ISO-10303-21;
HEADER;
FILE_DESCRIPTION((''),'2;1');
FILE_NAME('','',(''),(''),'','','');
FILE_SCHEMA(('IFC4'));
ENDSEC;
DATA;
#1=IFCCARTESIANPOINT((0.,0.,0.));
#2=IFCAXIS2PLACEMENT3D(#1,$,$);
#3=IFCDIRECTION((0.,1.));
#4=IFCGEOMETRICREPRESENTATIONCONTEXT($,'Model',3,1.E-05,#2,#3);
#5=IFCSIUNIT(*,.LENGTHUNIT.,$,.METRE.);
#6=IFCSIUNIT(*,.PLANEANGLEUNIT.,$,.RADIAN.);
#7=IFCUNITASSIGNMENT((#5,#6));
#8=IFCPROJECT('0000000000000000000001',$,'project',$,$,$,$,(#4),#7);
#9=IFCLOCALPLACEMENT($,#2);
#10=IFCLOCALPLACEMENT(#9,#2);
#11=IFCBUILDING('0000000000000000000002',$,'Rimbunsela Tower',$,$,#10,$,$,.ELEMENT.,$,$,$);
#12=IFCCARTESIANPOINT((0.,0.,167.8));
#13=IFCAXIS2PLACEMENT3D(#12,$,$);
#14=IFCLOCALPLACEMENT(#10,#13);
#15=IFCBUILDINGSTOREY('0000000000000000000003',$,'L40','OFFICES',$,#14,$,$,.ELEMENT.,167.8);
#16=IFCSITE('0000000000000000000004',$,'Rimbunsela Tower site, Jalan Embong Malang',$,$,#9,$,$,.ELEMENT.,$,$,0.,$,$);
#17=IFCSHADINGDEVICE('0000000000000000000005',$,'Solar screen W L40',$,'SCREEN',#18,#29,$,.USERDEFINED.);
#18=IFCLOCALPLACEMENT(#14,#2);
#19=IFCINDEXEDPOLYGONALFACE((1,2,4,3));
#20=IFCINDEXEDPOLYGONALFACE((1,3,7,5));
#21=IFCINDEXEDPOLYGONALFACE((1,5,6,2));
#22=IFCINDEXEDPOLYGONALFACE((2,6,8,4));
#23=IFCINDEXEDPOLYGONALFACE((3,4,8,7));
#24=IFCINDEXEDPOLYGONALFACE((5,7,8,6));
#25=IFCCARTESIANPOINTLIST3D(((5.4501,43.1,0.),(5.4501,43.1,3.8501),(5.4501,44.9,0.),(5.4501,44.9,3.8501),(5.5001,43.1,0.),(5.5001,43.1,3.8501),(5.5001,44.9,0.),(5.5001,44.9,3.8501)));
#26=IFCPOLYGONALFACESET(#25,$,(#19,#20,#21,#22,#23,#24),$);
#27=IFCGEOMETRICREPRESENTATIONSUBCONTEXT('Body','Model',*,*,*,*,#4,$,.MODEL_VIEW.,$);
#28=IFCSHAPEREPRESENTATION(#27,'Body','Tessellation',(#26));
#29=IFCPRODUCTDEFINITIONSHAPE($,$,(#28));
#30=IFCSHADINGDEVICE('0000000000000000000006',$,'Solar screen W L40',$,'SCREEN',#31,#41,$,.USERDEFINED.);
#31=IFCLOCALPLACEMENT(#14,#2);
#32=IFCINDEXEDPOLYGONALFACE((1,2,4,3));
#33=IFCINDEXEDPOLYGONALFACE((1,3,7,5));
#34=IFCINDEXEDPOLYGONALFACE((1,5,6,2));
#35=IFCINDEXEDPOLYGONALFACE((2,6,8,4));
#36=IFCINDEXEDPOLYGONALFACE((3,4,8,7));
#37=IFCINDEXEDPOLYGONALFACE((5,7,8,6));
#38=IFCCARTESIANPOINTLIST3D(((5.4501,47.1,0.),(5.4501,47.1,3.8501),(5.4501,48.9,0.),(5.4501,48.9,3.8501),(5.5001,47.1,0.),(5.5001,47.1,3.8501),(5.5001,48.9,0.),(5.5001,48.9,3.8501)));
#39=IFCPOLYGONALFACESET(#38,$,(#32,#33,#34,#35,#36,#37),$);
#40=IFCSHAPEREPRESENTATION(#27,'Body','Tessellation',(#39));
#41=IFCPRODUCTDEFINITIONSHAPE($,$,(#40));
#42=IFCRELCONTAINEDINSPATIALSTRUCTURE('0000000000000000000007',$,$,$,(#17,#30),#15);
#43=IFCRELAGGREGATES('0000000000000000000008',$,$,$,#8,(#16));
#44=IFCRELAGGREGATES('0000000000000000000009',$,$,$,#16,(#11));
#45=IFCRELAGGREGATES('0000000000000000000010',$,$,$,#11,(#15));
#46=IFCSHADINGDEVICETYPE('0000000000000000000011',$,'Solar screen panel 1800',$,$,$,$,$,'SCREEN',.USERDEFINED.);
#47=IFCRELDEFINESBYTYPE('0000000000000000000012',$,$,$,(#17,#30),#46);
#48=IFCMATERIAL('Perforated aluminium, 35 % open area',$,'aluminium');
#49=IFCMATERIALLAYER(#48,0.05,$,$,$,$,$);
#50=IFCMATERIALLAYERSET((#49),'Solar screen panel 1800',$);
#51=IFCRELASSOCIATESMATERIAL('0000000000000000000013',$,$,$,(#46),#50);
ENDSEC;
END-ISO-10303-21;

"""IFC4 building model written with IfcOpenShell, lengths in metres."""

from ifc_helpers import new_model, si_unit, direction, frame, origin, origin_2d, place, context, subcontext, project, spatial, rectangle, extrude, material, layer, layer_set, type_object, element, save


model = new_model("IFC4")

# Units and contexts
model_context = context("Model", 3, precision=1e-05, world=origin(), true_north=direction((0.0, 1.0)))
body_context = subcontext(model_context, "Body", "Model", "MODEL_VIEW")
ifc_project = project(units=[si_unit("LENGTHUNIT", "METRE"), si_unit("PLANEANGLEUNIT", "RADIAN")], contexts=[model_context])

# Site, building, storey
site_placement = place(None, origin())
site = spatial("IfcSite", under=ifc_project, at=site_placement, Name="Rimbunsela Tower site, Jalan Embong Malang", CompositionType="ELEMENT", RefElevation=0.0)
building_placement = place(site_placement, origin())
building = spatial("IfcBuilding", under=site, at=building_placement, Name="Rimbunsela Tower", CompositionType="ELEMENT")
storey_placement = place(building_placement, frame((0.0, 0.0, 167.8)))
storey = spatial("IfcBuildingStorey", under=building, at=storey_placement, Name="L40", Description="OFFICES", CompositionType="ELEMENT", Elevation=167.8)

# Shading devices
ifc_material_1 = material(Name="Perforated aluminium, 35 % open area", Category="aluminium")
ifc_layer_1 = layer(ifc_material_1, 0.05)
ifc_layer_set_1 = layer_set([ifc_layer_1], Name="Solar screen panel 1800")
shading_device_type = type_object("IfcShadingDeviceType", Name="Solar screen panel 1800", ElementType="SCREEN", PredefinedType="USERDEFINED", material=ifc_layer_set_1)
for number, where, z_axis, x_axis, name in (
    (1, (5.4751, 44.0, 0.0), (0.0, 0.0, 1.0), (0.0, 1.0, 0.0), "Solar screen W L40"),
    (2, (5.4751, 48.0, 0.0), (0.0, 0.0, 1.0), (0.0, 1.0, 0.0), "Solar screen W L40"),
):
    element("IfcShadingDevice", number, at=place(storey_placement, frame(where, z_axis=z_axis, x_axis=x_axis)), inside=storey, type_object=shading_device_type, Name=name, ObjectType="SCREEN", PredefinedType="USERDEFINED", context=body_context, shape_type="SweptSolid", body=[
        extrude(rectangle(XDim=1.8, YDim=0.05, at=origin_2d()), origin(), (0.0, 0.0, 1.0), 3.8501),
    ])

save(model, "model.ifc")
